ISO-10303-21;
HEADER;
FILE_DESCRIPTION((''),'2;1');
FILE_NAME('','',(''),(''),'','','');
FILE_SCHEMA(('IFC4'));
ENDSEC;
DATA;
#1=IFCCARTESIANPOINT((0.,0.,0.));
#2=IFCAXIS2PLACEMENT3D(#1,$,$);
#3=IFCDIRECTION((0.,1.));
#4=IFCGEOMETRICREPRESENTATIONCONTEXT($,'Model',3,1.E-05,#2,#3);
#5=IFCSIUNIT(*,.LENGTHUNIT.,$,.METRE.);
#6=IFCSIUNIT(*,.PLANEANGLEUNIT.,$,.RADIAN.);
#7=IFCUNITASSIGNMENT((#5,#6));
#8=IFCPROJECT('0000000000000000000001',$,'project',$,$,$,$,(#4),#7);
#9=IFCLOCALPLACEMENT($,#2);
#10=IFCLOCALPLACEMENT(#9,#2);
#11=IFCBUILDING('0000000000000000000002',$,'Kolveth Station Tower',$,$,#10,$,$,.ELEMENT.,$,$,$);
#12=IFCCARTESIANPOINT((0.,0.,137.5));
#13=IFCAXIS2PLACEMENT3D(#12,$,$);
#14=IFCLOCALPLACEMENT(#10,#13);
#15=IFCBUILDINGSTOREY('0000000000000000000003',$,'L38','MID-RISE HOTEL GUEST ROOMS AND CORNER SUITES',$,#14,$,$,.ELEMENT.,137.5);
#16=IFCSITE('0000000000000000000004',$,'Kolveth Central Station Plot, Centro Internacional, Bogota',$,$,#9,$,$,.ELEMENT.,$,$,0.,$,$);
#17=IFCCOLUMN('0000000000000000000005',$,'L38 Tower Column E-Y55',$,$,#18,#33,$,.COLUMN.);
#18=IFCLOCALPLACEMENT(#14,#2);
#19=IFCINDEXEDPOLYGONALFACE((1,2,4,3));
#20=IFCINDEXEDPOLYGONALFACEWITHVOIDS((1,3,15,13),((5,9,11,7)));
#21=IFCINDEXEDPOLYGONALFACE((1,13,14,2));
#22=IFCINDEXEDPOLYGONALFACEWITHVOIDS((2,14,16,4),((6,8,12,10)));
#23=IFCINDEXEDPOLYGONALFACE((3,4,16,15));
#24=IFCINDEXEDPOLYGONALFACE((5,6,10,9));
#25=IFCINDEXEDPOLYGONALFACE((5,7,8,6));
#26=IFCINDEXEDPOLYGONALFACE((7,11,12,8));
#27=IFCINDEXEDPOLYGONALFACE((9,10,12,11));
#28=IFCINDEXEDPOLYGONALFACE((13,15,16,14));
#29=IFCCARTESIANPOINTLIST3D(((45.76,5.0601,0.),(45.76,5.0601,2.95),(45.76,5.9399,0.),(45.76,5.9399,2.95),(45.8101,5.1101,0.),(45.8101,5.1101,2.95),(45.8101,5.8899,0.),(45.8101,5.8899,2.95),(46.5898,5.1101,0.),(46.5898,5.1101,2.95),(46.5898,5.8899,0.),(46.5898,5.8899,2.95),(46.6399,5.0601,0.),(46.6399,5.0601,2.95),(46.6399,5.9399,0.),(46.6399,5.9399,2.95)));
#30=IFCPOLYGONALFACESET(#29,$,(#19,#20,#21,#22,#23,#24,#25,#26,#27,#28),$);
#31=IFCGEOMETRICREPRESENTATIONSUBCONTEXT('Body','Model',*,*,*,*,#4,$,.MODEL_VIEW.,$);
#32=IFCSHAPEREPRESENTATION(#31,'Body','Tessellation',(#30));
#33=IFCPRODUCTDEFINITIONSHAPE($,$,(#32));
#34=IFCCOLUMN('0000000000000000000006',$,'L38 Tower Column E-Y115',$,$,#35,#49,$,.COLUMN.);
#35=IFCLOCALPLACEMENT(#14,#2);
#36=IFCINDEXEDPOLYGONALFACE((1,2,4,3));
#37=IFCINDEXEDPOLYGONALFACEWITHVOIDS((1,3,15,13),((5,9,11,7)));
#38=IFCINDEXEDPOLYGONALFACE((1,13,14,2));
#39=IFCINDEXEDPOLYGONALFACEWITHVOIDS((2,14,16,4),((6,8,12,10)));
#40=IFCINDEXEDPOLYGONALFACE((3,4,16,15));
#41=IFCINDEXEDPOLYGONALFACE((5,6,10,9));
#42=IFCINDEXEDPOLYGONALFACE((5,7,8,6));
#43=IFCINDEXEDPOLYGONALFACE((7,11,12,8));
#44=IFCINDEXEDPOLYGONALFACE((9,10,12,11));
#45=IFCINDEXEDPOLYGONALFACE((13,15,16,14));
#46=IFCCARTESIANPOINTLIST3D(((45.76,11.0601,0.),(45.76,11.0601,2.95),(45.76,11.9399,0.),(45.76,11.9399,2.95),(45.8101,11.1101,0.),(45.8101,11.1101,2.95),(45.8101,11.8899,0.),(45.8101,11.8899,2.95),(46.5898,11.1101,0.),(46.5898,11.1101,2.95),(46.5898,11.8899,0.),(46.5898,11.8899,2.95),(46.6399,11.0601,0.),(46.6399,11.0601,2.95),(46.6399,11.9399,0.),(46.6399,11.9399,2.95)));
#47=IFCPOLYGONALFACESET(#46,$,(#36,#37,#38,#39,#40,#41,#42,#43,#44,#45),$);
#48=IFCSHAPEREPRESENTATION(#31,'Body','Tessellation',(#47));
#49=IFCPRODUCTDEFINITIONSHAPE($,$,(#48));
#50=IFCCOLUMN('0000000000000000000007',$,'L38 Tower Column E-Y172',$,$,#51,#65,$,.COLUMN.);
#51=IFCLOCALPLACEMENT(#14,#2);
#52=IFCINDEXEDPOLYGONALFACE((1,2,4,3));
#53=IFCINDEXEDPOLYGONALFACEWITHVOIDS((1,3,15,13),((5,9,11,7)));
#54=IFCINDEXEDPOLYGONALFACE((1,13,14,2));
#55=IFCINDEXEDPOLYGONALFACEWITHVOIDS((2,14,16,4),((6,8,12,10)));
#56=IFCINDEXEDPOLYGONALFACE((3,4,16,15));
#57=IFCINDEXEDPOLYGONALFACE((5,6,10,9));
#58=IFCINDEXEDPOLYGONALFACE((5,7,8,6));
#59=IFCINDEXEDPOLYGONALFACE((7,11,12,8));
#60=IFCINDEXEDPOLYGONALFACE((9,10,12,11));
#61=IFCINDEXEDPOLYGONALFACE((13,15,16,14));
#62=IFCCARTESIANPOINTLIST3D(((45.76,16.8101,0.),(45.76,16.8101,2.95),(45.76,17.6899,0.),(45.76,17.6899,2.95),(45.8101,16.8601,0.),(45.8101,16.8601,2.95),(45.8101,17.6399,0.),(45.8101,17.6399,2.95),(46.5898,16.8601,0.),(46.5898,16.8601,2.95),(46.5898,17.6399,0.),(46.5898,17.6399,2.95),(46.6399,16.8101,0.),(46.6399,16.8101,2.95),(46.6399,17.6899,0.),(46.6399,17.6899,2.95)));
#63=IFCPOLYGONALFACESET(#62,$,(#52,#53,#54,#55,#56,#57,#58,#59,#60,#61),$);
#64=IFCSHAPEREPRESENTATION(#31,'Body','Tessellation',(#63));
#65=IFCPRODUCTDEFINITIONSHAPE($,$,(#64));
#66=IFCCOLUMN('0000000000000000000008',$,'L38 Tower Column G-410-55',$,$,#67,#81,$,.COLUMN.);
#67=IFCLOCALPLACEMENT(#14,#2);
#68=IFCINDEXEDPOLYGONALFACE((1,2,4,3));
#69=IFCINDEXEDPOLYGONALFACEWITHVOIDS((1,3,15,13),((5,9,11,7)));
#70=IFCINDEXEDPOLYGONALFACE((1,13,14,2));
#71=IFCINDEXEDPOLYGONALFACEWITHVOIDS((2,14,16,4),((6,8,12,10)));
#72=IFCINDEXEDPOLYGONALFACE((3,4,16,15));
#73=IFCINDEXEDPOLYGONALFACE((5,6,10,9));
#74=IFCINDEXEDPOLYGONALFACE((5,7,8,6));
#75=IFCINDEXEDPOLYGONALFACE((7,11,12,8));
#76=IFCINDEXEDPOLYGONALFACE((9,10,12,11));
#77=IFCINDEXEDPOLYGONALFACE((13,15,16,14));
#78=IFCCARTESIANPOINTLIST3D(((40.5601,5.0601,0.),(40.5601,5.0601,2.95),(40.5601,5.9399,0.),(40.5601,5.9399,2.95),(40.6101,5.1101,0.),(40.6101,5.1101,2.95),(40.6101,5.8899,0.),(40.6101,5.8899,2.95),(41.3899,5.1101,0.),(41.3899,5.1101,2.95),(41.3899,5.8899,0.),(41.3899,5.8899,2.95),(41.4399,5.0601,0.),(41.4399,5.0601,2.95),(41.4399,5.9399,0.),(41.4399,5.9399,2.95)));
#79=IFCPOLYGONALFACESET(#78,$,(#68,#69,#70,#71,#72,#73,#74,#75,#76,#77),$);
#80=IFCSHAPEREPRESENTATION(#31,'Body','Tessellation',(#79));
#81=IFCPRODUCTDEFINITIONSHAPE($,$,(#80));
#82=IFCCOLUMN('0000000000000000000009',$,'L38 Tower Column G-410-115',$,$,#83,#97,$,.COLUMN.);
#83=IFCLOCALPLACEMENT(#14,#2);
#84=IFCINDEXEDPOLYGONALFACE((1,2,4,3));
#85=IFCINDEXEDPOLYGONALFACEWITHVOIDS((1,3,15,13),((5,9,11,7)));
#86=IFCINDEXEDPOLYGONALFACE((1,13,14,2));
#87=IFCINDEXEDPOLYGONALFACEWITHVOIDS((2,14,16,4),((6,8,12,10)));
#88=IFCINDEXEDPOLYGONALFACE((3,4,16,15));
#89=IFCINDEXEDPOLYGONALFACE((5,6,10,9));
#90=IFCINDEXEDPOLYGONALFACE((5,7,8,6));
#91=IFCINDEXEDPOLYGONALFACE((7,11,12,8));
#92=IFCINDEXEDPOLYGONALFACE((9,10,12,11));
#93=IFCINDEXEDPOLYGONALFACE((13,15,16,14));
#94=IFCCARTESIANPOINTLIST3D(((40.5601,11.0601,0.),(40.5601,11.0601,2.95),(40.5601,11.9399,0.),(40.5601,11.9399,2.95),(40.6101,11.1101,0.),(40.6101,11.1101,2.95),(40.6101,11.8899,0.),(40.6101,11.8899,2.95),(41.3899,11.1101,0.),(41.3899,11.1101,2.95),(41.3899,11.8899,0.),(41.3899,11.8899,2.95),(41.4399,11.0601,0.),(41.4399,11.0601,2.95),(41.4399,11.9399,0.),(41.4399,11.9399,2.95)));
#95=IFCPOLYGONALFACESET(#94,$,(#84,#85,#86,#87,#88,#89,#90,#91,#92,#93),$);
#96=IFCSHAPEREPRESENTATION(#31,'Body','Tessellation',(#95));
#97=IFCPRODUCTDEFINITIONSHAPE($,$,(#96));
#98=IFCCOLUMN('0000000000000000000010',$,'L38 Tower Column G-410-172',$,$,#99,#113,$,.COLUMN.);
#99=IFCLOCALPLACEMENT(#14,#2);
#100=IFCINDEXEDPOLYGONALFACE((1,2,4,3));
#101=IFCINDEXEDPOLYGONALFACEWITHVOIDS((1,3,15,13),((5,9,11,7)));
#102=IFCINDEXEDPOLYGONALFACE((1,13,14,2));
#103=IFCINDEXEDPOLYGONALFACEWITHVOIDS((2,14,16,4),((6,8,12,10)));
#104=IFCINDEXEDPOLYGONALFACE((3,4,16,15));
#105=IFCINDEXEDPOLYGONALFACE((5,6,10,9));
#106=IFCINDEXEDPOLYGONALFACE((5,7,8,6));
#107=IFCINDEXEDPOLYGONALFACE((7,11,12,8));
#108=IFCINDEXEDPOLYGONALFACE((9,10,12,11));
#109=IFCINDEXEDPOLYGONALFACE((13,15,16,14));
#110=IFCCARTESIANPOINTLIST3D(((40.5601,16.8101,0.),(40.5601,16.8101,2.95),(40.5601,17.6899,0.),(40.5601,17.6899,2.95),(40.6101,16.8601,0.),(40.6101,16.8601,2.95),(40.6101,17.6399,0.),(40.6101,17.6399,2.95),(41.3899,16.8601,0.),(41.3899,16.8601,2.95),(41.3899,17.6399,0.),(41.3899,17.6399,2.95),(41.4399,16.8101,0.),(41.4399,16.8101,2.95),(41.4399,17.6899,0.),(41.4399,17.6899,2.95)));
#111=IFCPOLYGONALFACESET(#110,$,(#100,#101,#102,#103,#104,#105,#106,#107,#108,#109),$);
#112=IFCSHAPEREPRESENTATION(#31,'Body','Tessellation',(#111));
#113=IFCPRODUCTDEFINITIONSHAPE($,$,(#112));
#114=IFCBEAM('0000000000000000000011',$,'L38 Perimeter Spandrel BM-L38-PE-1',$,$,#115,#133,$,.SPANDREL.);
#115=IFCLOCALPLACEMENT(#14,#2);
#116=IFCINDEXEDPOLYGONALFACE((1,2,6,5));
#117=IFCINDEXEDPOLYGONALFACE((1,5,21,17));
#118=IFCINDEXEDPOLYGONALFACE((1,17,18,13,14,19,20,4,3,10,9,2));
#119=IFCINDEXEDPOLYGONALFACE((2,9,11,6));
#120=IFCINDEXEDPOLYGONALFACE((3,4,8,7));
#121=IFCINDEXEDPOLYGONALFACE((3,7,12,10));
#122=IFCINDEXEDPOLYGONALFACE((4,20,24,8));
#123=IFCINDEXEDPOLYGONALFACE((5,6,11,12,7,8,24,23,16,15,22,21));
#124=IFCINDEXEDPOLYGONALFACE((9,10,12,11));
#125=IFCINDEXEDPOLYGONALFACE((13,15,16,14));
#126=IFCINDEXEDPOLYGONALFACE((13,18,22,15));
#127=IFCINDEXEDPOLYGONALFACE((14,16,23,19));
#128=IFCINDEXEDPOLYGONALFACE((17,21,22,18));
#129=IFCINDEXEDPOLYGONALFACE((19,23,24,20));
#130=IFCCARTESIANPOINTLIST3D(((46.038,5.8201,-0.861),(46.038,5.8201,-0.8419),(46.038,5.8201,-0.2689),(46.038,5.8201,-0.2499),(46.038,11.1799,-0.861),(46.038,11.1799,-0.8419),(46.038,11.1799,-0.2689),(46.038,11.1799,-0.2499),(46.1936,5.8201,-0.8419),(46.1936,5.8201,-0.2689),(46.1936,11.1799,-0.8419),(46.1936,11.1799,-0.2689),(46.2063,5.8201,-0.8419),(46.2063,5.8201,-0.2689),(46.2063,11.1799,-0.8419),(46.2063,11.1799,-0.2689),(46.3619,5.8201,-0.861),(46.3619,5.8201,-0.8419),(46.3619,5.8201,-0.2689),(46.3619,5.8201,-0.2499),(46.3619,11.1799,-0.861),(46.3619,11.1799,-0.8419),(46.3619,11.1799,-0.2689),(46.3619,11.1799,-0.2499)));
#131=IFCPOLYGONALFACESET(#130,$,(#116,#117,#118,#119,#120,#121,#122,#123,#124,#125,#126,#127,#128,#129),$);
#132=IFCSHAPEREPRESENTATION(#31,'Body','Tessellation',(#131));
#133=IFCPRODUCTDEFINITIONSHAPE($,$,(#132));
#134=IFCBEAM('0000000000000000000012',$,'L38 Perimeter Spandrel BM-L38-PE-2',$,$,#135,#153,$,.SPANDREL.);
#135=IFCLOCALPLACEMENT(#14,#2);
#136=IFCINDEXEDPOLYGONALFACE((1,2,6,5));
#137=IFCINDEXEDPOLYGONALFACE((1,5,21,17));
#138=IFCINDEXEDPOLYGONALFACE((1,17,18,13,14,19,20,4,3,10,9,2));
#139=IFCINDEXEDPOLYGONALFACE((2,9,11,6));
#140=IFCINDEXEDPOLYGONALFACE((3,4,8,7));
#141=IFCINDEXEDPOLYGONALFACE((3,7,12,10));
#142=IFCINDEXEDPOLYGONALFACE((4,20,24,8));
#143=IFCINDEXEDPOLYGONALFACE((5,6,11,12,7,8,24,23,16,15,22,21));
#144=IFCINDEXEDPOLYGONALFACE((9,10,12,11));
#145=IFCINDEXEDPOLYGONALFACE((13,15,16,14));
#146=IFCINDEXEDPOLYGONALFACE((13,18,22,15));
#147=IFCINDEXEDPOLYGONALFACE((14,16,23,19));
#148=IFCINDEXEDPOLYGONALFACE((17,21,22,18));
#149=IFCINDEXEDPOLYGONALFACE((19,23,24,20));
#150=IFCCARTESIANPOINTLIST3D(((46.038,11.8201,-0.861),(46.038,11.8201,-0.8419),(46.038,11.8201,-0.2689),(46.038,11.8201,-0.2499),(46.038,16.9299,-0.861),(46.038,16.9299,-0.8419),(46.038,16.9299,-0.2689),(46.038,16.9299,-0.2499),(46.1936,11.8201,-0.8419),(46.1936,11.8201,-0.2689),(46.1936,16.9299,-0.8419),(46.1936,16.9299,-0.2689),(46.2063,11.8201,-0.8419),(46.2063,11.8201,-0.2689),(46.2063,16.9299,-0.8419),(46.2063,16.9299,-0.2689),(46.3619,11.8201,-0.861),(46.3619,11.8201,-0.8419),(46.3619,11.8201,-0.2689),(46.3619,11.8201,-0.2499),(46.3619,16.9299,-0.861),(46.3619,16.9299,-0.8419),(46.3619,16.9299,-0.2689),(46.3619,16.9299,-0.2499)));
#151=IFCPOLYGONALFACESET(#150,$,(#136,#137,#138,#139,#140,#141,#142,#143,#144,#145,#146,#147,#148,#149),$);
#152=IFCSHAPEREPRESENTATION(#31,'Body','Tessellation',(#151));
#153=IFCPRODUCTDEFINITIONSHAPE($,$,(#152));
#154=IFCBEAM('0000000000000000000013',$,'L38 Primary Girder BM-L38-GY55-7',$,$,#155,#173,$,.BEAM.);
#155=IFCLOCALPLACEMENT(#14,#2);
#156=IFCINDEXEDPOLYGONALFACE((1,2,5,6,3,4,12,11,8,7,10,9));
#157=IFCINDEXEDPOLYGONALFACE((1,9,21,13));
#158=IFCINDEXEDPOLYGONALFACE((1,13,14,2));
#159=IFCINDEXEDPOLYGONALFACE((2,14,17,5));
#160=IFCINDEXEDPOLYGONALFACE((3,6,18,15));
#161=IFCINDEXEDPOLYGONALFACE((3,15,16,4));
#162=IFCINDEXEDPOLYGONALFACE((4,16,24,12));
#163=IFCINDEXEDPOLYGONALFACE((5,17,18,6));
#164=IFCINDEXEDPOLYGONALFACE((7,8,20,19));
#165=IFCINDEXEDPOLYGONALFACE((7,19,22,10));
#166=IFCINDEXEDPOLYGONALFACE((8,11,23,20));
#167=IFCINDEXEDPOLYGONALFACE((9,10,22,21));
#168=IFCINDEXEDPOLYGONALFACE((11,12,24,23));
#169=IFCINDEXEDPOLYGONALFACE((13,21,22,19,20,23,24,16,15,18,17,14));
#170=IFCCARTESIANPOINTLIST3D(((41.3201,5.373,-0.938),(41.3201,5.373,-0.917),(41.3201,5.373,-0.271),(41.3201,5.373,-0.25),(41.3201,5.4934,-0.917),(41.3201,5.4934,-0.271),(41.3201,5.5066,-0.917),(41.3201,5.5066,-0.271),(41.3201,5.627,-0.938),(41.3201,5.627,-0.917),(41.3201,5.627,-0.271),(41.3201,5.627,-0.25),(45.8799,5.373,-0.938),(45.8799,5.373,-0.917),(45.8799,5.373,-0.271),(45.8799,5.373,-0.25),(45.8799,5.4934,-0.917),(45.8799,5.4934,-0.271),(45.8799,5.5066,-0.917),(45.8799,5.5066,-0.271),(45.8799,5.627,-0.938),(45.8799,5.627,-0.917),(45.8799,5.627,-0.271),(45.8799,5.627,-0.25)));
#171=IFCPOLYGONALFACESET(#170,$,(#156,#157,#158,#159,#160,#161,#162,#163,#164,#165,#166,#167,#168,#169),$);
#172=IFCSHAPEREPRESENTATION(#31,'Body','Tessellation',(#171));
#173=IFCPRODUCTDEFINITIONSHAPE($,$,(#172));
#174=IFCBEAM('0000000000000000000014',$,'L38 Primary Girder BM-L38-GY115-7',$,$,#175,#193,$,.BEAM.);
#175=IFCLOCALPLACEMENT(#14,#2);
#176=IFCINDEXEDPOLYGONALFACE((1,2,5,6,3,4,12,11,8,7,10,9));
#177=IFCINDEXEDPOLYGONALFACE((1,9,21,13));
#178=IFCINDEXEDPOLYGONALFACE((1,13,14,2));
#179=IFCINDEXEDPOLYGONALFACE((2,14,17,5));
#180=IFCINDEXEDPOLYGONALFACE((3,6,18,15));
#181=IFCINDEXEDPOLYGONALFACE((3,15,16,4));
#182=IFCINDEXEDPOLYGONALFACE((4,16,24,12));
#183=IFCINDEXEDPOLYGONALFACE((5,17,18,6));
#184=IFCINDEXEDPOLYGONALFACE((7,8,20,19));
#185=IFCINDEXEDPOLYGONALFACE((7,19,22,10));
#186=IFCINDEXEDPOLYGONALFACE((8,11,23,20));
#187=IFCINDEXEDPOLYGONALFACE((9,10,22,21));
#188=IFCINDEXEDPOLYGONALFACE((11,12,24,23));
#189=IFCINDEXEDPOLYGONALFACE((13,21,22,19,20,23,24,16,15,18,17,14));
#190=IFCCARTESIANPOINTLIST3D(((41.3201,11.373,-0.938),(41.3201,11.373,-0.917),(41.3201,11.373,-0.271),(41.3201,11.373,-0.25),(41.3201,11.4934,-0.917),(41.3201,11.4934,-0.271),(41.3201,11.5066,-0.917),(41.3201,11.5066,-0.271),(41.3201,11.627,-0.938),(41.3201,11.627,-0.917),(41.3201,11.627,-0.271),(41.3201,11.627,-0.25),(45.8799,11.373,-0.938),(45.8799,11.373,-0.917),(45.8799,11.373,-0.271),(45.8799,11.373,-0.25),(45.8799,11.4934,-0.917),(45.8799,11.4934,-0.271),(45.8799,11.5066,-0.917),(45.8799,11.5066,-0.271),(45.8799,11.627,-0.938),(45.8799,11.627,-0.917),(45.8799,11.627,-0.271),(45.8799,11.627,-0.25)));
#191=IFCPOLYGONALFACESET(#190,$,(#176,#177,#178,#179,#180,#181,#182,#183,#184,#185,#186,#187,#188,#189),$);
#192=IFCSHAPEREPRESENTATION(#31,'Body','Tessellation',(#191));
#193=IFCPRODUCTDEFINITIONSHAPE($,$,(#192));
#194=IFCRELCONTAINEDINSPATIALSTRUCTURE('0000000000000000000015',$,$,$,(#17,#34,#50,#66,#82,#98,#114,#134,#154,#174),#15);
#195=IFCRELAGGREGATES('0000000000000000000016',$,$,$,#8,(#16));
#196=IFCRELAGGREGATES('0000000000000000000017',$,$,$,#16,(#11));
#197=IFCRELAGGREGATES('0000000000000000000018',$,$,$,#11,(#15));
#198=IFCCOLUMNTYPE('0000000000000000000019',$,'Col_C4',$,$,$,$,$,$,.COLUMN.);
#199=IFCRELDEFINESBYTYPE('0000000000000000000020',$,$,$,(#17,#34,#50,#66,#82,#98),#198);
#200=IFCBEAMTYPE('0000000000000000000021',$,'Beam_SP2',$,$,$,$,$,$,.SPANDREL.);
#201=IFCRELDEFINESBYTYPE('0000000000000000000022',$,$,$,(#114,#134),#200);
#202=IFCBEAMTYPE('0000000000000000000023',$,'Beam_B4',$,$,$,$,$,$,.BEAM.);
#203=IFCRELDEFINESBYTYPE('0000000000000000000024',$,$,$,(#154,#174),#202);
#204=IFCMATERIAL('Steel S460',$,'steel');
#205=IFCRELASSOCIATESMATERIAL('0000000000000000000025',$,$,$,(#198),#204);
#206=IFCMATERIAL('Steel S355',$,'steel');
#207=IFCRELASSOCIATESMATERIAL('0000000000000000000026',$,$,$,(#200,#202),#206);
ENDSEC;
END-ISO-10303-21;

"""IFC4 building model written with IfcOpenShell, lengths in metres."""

from ifc_helpers import new_model, si_unit, direction, frame, origin, origin_2d, place, context, subcontext, project, spatial, hollow_rectangle, i_section, extrude, source, transform, mapped, material, material_profile, profile_set, type_object, element, save


model = new_model("IFC4")

# Units and contexts
model_context = context("Model", 3, precision=1e-05, world=origin(), true_north=direction((0.0, 1.0)))
body_context = subcontext(model_context, "Body", "Model", "MODEL_VIEW")
ifc_project = project(units=[si_unit("LENGTHUNIT", "METRE"), si_unit("PLANEANGLEUNIT", "RADIAN")], contexts=[model_context])

# Site, building, storey
site_placement = place(None, origin())
site = spatial("IfcSite", under=ifc_project, at=site_placement, Name="Kolveth Central Station Plot, Centro Internacional, Bogota", CompositionType="ELEMENT", RefElevation=0.0)
building_placement = place(site_placement, origin())
building = spatial("IfcBuilding", under=site, at=building_placement, Name="Kolveth Station Tower", CompositionType="ELEMENT")
storey_placement = place(building_placement, frame((0.0, 0.0, 137.5)))
storey = spatial("IfcBuildingStorey", under=building, at=storey_placement, Name="L38", Description="MID-RISE HOTEL GUEST ROOMS AND CORNER SUITES", CompositionType="ELEMENT", Elevation=137.5)

# Columns
ifc_material_1 = material(Name="Steel S460", Category="steel")
ifc_material_profile_1 = material_profile(ifc_material_1, hollow_rectangle(XDim=0.8799, YDim=0.8799, WallThickness=0.05, at=origin_2d()), Name="BOX880x880x50")
ifc_profile_set_1 = profile_set([ifc_material_profile_1], Name="Steel S460")
column_type = type_object("IfcColumnType", Name="Col_C4", PredefinedType="COLUMN", material=ifc_profile_set_1)
shared_shape_1 = source(origin(), body_context, "Body", "SweptSolid", [
    extrude(hollow_rectangle(XDim=0.8799, YDim=0.8799, WallThickness=0.05, at=origin_2d()), origin(), (0.0, 0.0, 1.0), 2.95),
])
for number, where, z_axis, x_axis, name in (
    (1, (46.2, 5.5, 0.0), (0.0, 0.0, 1.0), (1.0, 0.0, 0.0), "L38 Tower Column E-Y55"),
    (2, (46.2, 11.5, 0.0), (0.0, 0.0, 1.0), (1.0, 0.0, 0.0), "L38 Tower Column E-Y115"),
    (3, (46.2, 17.25, 0.0), (0.0, 0.0, 1.0), (1.0, 0.0, 0.0), "L38 Tower Column E-Y172"),
    (4, (41.0, 5.5, 0.0), (0.0, 0.0, 1.0), (1.0, 0.0, 0.0), "L38 Tower Column G-410-55"),
    (5, (41.0, 11.5, 0.0), (0.0, 0.0, 1.0), (1.0, 0.0, 0.0), "L38 Tower Column G-410-115"),
    (6, (41.0, 17.25, 0.0), (0.0, 0.0, 1.0), (1.0, 0.0, 0.0), "L38 Tower Column G-410-172"),
):
    element("IfcColumn", number, at=place(storey_placement, frame(where, z_axis=z_axis, x_axis=x_axis)), inside=storey, type_object=column_type, Name=name, PredefinedType="COLUMN", context=body_context, shape_type="MappedRepresentation", body=[
        mapped(shared_shape_1, transform((0.0, 0.0, 0.0), x_axis=(1.0, 0.0, 0.0), y_axis=(0.0, 1.0, 0.0), z_axis=(0.0, 0.0, 1.0), scale=1.0)),
    ])

# Beams
ifc_material_2 = material(Name="Steel S355", Category="steel")
ifc_material_profile_2 = material_profile(ifc_material_2, i_section(OverallWidth=0.324, OverallDepth=0.6111, WebThickness=0.0127, FlangeThickness=0.019, at=origin_2d()), Name="W610x155")
ifc_profile_set_2 = profile_set([ifc_material_profile_2], Name="Steel S355")
beam_type_1 = type_object("IfcBeamType", Name="Beam_SP2", PredefinedType="SPANDREL", material=ifc_profile_set_2)
shared_shape_2 = source(origin(), body_context, "Body", "SweptSolid", [
    extrude(i_section(OverallWidth=0.324, OverallDepth=0.6111, WebThickness=0.0127, FlangeThickness=0.019, at=origin_2d()), origin(), (0.0, 0.0, 1.0), 5.3599),
])
beam_1_placement = place(storey_placement, frame((46.2, 5.8201, -0.5554), z_axis=(0.0, 1.0, 0.0), x_axis=(-1.0, 0.0, 0.0)))
element("IfcBeam", 7, at=beam_1_placement, inside=storey, type_object=beam_type_1, Name="L38 Perimeter Spandrel BM-L38-PE-1", PredefinedType="SPANDREL", context=body_context, shape_type="MappedRepresentation", body=[
    mapped(shared_shape_2, transform((0.0, 0.0, 0.0), x_axis=(1.0, 0.0, 0.0), y_axis=(0.0, 1.0, 0.0), z_axis=(0.0, 0.0, 1.0), scale=1.0)),
])
shared_shape_3 = source(origin(), body_context, "Body", "SweptSolid", [
    extrude(i_section(OverallWidth=0.324, OverallDepth=0.6111, WebThickness=0.0127, FlangeThickness=0.019, at=origin_2d()), origin(), (0.0, 0.0, 1.0), 5.1099),
])
beam_2_placement = place(storey_placement, frame((46.2, 11.8201, -0.5554), z_axis=(0.0, 1.0, 0.0), x_axis=(-1.0, 0.0, 0.0)))
element("IfcBeam", 8, at=beam_2_placement, inside=storey, type_object=beam_type_1, Name="L38 Perimeter Spandrel BM-L38-PE-2", PredefinedType="SPANDREL", context=body_context, shape_type="MappedRepresentation", body=[
    mapped(shared_shape_3, transform((0.0, 0.0, 0.0), x_axis=(1.0, 0.0, 0.0), y_axis=(0.0, 1.0, 0.0), z_axis=(0.0, 0.0, 1.0), scale=1.0)),
])
ifc_material_profile_3 = material_profile(ifc_material_2, i_section(OverallWidth=0.2539, OverallDepth=0.688, WebThickness=0.0132, FlangeThickness=0.021, at=origin_2d()), Name="W690x152")
ifc_profile_set_3 = profile_set([ifc_material_profile_3], Name="Steel S355")
beam_type_2 = type_object("IfcBeamType", Name="Beam_B4", PredefinedType="BEAM", material=ifc_profile_set_3)
shared_shape_4 = source(origin(), body_context, "Body", "SweptSolid", [
    extrude(i_section(OverallWidth=0.2539, OverallDepth=0.688, WebThickness=0.0132, FlangeThickness=0.021, at=origin_2d()), origin(), (0.0, 0.0, 1.0), 4.5598),
])
for number, where, z_axis, x_axis, name in (
    (9, (41.3201, 5.5, -0.594), (1.0, 0.0, 0.0), (0.0, 1.0, 0.0), "L38 Primary Girder BM-L38-GY55-7"),
    (10, (41.3201, 11.5, -0.594), (1.0, 0.0, 0.0), (0.0, 1.0, 0.0), "L38 Primary Girder BM-L38-GY115-7"),
):
    element("IfcBeam", number, at=place(storey_placement, frame(where, z_axis=z_axis, x_axis=x_axis)), inside=storey, type_object=beam_type_2, Name=name, PredefinedType="BEAM", context=body_context, shape_type="MappedRepresentation", body=[
        mapped(shared_shape_4, transform((0.0, 0.0, 0.0), x_axis=(1.0, 0.0, 0.0), y_axis=(0.0, 1.0, 0.0), z_axis=(0.0, 0.0, 1.0), scale=1.0)),
    ])

save(model, "model.ifc")
